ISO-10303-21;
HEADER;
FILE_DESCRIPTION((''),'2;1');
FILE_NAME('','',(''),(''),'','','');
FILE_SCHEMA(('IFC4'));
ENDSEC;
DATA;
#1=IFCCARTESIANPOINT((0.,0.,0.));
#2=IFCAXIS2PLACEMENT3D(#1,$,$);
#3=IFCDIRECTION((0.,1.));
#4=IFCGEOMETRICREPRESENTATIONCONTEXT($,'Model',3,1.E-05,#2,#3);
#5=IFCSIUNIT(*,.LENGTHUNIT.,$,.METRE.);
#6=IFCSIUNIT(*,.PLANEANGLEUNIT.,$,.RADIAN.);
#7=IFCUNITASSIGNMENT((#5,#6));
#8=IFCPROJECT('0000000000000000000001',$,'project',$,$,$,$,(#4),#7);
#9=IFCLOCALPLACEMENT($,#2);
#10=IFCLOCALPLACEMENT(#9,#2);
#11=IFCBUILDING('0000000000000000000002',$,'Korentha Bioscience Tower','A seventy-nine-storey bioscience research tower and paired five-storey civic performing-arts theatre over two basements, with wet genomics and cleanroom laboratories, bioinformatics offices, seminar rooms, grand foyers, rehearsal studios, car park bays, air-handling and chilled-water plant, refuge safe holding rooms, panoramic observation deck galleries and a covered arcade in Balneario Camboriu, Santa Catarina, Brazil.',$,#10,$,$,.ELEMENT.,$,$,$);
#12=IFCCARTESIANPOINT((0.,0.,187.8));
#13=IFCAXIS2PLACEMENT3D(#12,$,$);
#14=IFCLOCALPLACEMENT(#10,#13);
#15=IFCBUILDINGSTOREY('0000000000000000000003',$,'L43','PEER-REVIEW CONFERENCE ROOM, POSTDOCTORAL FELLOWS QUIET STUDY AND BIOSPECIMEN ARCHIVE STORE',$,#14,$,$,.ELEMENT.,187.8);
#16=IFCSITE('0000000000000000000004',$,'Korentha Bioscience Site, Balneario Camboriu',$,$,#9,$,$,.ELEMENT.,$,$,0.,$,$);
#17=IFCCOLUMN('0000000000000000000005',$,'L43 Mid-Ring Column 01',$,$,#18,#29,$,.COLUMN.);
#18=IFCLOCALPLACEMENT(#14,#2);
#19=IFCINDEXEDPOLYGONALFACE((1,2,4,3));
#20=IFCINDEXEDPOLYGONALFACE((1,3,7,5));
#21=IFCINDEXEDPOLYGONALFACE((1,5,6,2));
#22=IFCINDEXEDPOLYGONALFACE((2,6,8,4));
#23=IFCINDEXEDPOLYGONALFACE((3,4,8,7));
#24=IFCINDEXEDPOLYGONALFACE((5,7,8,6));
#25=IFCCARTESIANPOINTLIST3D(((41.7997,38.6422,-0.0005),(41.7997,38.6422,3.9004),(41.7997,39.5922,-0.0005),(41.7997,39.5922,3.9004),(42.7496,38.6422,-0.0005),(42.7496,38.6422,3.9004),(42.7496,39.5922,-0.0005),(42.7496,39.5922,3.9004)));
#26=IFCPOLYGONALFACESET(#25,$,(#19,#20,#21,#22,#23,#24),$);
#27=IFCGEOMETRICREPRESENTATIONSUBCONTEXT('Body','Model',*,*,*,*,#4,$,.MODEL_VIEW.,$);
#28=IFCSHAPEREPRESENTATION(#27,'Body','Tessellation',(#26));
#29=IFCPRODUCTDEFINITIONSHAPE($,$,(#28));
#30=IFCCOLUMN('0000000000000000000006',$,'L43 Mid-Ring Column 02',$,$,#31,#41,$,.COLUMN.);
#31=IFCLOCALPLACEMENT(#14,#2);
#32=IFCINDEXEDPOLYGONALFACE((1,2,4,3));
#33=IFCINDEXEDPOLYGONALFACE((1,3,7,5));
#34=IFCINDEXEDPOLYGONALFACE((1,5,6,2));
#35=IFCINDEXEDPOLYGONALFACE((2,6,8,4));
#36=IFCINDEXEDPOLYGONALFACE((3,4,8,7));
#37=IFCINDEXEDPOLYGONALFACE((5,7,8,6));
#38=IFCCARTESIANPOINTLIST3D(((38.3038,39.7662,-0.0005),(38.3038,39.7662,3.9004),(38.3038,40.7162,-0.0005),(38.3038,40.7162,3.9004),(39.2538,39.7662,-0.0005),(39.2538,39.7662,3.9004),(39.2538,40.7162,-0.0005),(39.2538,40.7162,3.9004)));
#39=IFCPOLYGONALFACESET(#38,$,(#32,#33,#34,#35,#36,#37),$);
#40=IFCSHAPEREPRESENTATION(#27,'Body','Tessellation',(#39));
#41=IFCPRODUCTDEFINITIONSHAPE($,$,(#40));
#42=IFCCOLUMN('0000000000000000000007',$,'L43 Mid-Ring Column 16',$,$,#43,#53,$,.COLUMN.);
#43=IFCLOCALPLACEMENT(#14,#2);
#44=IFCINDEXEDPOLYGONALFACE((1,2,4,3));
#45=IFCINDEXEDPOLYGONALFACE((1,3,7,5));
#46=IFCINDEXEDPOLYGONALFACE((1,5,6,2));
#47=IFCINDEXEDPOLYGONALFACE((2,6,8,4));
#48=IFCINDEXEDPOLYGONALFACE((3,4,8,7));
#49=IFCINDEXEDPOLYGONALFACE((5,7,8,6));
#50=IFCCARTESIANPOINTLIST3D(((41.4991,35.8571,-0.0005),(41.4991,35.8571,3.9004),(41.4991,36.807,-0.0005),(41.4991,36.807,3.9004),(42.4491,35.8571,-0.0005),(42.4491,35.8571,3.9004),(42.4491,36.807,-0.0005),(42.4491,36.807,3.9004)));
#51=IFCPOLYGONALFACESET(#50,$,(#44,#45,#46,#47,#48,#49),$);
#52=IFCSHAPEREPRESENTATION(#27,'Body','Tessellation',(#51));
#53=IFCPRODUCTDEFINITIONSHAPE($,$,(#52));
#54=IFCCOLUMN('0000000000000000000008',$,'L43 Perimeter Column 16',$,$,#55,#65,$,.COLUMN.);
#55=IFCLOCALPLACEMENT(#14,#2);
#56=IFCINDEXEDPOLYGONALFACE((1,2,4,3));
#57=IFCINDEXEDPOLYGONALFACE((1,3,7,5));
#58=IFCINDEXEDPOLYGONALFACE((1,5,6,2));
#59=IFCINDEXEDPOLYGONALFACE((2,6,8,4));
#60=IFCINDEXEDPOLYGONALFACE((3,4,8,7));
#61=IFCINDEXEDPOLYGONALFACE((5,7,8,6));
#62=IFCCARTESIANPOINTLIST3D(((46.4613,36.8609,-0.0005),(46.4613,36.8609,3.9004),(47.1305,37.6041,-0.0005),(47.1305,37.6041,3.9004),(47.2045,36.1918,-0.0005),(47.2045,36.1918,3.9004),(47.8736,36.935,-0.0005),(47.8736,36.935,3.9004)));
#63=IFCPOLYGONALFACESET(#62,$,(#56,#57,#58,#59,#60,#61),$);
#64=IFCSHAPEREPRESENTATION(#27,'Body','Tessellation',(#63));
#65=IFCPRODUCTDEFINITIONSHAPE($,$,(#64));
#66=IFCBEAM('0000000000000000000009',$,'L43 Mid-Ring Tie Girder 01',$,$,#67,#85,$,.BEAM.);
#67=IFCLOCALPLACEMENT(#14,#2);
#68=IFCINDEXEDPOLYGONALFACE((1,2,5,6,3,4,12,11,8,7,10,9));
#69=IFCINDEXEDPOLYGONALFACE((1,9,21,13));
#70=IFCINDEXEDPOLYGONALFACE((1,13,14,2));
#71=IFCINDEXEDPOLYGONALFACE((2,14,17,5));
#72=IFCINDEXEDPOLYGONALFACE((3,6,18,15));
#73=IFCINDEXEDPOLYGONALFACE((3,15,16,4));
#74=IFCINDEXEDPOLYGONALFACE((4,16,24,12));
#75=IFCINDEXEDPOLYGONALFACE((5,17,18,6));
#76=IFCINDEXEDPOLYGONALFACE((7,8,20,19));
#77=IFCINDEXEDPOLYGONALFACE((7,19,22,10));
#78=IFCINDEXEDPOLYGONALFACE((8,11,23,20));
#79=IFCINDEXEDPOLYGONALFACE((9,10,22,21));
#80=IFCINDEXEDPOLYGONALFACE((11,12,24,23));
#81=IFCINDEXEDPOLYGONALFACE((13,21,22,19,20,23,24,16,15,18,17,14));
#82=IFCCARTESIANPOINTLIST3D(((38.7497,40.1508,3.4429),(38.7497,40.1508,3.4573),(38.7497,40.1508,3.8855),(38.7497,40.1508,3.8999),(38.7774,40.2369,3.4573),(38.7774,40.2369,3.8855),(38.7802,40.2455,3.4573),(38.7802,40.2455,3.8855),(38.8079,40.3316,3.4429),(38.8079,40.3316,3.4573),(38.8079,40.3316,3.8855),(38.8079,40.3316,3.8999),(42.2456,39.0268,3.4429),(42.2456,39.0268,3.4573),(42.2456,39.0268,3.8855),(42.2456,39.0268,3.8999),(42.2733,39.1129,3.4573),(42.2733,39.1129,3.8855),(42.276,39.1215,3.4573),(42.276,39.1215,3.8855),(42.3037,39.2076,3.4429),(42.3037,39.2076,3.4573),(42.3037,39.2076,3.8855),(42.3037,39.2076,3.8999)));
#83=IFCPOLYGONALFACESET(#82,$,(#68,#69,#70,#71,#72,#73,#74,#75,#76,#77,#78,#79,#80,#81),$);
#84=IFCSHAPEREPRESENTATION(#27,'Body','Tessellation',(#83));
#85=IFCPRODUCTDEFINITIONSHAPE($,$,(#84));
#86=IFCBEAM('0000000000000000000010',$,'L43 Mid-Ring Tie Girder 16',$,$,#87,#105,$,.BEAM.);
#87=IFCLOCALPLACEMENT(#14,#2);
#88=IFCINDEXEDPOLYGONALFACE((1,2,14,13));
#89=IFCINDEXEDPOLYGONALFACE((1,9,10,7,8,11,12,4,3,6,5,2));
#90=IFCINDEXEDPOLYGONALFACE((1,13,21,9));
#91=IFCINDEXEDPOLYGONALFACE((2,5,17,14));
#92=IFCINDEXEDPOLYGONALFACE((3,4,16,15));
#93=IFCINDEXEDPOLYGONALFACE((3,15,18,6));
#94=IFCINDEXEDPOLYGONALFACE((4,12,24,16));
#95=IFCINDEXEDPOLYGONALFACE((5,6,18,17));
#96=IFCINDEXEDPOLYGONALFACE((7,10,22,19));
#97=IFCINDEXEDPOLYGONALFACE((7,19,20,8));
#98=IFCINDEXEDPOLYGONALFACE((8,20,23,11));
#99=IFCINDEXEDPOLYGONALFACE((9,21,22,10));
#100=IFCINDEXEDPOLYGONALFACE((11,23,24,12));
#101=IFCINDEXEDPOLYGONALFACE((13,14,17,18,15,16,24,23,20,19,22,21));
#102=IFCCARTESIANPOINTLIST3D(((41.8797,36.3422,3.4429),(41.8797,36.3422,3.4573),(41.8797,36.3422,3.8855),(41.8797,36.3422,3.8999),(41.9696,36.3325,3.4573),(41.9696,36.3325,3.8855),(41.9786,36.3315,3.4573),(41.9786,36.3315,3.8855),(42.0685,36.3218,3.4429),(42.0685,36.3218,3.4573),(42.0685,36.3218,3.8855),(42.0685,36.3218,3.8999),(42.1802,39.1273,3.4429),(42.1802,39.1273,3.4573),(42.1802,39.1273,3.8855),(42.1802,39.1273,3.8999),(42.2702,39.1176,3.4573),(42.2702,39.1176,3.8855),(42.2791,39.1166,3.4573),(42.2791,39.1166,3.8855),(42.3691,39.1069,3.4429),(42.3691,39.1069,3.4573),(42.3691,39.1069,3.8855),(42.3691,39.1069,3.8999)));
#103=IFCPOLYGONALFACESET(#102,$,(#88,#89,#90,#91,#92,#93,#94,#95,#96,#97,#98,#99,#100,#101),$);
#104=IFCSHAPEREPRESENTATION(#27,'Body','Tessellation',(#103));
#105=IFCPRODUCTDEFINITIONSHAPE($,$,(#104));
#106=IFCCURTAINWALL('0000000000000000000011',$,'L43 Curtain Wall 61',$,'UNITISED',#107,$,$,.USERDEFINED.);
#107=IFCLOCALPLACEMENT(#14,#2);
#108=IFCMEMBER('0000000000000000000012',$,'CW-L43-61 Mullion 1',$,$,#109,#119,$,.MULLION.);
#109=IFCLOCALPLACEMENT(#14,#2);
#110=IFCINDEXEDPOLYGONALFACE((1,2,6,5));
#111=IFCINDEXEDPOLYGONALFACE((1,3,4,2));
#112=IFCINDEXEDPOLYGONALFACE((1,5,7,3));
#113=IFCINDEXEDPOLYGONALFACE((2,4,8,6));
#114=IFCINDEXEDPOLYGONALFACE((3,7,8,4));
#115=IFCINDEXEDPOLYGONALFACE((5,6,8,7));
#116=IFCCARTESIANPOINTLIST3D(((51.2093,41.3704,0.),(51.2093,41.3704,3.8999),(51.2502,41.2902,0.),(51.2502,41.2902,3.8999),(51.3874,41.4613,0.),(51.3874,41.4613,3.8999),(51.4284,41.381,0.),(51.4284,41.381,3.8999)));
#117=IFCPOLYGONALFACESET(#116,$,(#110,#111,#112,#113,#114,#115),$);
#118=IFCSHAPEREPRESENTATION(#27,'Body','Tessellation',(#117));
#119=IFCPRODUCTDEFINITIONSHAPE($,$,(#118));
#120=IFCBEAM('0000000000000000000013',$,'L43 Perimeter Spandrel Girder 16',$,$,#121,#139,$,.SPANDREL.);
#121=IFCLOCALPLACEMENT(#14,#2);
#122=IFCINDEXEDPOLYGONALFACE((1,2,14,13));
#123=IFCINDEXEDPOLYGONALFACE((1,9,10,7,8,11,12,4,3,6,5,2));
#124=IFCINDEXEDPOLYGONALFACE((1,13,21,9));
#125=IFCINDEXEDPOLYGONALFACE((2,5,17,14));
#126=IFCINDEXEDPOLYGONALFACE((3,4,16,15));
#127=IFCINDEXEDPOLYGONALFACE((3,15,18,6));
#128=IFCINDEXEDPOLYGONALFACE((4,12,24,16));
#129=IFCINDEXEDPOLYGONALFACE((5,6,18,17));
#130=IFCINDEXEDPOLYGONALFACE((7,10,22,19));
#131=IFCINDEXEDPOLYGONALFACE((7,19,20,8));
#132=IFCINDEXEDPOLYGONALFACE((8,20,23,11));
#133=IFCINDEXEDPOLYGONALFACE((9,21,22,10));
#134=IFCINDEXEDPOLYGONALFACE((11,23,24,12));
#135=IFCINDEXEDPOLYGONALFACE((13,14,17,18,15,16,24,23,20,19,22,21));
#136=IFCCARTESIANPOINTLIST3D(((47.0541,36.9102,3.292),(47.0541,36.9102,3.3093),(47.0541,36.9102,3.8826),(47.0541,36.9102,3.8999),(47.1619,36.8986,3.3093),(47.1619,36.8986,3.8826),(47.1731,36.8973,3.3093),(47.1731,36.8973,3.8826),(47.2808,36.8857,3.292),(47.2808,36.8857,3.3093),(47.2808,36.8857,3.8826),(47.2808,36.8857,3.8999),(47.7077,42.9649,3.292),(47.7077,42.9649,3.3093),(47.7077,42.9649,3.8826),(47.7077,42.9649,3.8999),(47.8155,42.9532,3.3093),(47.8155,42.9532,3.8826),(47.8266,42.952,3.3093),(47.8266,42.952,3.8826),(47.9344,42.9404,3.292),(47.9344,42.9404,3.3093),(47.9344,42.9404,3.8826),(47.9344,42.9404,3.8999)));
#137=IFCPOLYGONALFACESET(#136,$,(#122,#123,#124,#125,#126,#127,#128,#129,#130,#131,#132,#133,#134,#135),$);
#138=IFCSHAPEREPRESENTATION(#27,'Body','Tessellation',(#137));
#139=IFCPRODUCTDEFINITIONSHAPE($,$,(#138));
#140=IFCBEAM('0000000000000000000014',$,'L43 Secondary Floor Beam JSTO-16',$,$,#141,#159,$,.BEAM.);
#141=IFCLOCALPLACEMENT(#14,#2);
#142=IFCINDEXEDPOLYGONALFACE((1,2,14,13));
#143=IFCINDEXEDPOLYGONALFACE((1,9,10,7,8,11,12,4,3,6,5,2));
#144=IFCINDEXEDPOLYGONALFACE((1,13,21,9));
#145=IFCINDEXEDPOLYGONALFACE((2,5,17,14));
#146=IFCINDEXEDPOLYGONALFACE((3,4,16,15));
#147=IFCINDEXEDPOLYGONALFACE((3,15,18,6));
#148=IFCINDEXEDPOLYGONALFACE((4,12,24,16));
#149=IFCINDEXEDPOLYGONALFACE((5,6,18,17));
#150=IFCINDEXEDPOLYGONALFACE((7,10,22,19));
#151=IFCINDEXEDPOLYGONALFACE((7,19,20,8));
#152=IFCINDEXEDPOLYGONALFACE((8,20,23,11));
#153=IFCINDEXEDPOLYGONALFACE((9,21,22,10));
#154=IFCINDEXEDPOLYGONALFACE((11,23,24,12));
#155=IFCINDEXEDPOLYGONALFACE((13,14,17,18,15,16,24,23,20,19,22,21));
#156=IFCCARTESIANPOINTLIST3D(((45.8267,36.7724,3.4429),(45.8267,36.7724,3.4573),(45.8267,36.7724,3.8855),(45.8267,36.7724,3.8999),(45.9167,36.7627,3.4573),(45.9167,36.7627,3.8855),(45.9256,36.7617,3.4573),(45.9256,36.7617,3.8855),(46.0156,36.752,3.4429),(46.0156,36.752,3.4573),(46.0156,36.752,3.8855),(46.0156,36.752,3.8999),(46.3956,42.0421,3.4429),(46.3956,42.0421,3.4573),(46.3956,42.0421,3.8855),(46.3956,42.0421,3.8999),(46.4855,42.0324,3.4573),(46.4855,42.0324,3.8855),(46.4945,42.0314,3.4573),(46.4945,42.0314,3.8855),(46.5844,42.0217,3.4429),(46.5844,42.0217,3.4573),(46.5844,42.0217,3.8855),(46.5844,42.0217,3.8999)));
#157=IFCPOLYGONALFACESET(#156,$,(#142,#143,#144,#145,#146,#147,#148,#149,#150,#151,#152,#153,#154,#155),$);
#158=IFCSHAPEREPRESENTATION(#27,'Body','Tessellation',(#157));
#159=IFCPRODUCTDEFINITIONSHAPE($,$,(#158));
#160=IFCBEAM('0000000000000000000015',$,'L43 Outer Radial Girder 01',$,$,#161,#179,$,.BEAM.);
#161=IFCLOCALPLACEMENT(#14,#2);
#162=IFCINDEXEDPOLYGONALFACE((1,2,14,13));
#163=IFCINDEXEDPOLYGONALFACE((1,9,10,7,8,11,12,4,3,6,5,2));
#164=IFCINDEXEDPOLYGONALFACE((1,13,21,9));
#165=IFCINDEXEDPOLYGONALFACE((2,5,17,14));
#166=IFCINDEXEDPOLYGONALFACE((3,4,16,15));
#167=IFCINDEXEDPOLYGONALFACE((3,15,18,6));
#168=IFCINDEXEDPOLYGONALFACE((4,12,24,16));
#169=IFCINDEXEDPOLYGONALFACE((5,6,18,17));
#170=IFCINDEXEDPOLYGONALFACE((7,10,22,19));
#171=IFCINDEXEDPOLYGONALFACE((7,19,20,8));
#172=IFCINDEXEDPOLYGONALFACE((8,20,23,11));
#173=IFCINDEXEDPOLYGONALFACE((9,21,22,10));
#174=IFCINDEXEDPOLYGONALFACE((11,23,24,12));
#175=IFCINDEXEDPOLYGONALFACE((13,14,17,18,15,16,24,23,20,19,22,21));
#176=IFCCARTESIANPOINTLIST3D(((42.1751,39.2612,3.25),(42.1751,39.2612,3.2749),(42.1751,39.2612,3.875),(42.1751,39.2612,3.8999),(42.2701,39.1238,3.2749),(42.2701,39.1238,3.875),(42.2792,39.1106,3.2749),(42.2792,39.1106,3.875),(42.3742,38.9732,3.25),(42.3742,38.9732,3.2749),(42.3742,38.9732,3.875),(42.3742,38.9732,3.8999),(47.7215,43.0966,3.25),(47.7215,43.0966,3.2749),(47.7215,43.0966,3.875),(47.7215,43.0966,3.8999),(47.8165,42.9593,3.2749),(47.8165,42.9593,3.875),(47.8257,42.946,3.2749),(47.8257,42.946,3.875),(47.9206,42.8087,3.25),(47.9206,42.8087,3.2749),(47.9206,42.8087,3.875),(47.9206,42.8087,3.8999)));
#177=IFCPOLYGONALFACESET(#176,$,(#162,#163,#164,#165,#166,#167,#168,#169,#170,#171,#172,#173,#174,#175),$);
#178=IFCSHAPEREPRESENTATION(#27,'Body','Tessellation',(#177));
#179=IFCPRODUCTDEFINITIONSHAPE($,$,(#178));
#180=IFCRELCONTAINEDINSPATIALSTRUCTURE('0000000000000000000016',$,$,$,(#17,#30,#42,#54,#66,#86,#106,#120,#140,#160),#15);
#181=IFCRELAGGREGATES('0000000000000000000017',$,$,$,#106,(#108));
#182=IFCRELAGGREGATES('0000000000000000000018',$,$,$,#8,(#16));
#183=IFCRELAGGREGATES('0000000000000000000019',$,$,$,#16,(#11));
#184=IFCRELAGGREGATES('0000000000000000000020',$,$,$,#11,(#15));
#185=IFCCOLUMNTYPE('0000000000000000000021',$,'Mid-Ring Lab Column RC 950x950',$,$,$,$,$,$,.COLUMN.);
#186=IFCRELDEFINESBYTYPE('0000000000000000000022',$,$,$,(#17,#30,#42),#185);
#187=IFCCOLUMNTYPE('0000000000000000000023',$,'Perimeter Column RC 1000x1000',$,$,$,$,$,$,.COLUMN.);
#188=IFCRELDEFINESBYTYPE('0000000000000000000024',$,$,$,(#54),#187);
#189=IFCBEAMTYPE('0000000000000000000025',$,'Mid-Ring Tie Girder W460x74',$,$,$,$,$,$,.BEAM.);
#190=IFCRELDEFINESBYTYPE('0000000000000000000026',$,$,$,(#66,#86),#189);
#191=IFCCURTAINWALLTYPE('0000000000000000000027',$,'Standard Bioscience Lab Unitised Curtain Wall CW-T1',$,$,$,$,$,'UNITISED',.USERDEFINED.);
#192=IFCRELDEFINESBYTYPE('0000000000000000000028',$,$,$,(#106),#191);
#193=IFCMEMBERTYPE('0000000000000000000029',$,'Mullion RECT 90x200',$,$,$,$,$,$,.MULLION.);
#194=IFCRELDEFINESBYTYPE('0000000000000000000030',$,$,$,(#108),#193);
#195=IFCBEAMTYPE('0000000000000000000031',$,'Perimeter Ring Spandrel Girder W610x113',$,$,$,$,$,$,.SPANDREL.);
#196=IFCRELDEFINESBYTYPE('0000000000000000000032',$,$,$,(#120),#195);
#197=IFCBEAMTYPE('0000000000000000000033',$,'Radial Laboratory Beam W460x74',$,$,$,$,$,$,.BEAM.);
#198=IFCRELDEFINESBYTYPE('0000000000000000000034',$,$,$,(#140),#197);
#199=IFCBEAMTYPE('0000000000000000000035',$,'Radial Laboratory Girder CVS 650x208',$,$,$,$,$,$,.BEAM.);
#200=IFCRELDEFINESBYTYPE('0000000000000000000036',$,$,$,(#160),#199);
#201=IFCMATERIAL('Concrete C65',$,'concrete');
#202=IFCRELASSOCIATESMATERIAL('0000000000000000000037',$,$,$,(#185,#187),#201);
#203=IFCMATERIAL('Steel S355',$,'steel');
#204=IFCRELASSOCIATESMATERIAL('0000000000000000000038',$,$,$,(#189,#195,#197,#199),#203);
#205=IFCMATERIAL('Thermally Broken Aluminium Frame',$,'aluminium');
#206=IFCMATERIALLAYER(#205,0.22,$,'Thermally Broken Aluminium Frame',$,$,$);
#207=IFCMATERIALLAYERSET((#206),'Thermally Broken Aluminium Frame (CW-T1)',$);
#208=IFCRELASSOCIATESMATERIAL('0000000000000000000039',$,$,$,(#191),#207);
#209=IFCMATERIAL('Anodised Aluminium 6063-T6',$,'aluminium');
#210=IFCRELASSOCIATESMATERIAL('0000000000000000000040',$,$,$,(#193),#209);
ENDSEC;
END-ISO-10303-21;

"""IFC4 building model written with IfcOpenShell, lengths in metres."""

from ifc_helpers import new_model, si_unit, direction, frame, origin, origin_2d, place, context, subcontext, project, spatial, rectangle, i_section, extrude, material, layer, layer_set, material_profile, profile_set, type_object, element, aggregate, save


model = new_model("IFC4")

# Units and contexts
model_context = context("Model", 3, precision=1e-05, world=origin(), true_north=direction((0.0, 1.0)))
body_context = subcontext(model_context, "Body", "Model", "MODEL_VIEW")
ifc_project = project(units=[si_unit("LENGTHUNIT", "METRE"), si_unit("PLANEANGLEUNIT", "RADIAN")], contexts=[model_context])

# Site, building, storey
site_placement = place(None, origin())
site = spatial("IfcSite", under=ifc_project, at=site_placement, Name="Korentha Bioscience Site, Balneario Camboriu", CompositionType="ELEMENT", RefElevation=0.0)
building_placement = place(site_placement, origin())
building = spatial("IfcBuilding", under=site, at=building_placement, Name="Korentha Bioscience Tower", Description="A seventy-nine-storey bioscience research tower and paired five-storey civic performing-arts theatre over two basements, with wet genomics and cleanroom laboratories, bioinformatics offices, seminar rooms, grand foyers, rehearsal studios, car park bays, air-handling and chilled-water plant, refuge safe holding rooms, panoramic observation deck galleries and a covered arcade in Balneario Camboriu, Santa Catarina, Brazil.", CompositionType="ELEMENT")
storey_placement = place(building_placement, frame((0.0, 0.0, 187.8)))
storey = spatial("IfcBuildingStorey", under=building, at=storey_placement, Name="L43", Description="PEER-REVIEW CONFERENCE ROOM, POSTDOCTORAL FELLOWS QUIET STUDY AND BIOSPECIMEN ARCHIVE STORE", CompositionType="ELEMENT", Elevation=187.8)

# Columns
ifc_material_1 = material(Name="Concrete C65", Category="concrete")
ifc_material_profile_1 = material_profile(ifc_material_1, rectangle(XDim=0.95, YDim=0.95, at=origin_2d()), Name="Concrete C65")
ifc_profile_set_1 = profile_set([ifc_material_profile_1], Name="Concrete C65 (COL-MR09)")
column_type_1 = type_object("IfcColumnType", Name="Mid-Ring Lab Column RC 950x950", PredefinedType="COLUMN", material=ifc_profile_set_1)
for number, where, z_axis, x_axis, name in (
    (1, (42.2747, 39.1172, -0.0005), (0.0, 0.0, 1.0), (1.0, 0.0, 0.0), "L43 Mid-Ring Column 01"),
    (2, (38.7788, 40.2412, -0.0005), (0.0, 0.0, 1.0), (1.0, 0.0, 0.0), "L43 Mid-Ring Column 02"),
    (3, (41.9741, 36.332, -0.0005), (0.0, 0.0, 1.0), (1.0, 0.0, 0.0), "L43 Mid-Ring Column 16"),
):
    element("IfcColumn", number, at=place(storey_placement, frame(where, z_axis=z_axis, x_axis=x_axis)), inside=storey, type_object=column_type_1, Name=name, PredefinedType="COLUMN", context=body_context, shape_type="SweptSolid", body=[
        extrude(rectangle(XDim=0.95, YDim=0.95, at=origin_2d()), origin(), (0.0, 0.0, 1.0), 3.9009),
    ])
ifc_material_profile_2 = material_profile(ifc_material_1, rectangle(XDim=1.0, YDim=1.0, at=origin_2d()), Name="Concrete C65")
ifc_profile_set_2 = profile_set([ifc_material_profile_2], Name="Concrete C65 (COL-P10)")
column_type_2 = type_object("IfcColumnType", Name="Perimeter Column RC 1000x1000", PredefinedType="COLUMN", material=ifc_profile_set_2)
column_placement = place(storey_placement, frame((47.1675, 36.8979, -0.0005), z_axis=(0.0, 0.0, 1.0), x_axis=(0.669131, 0.743145, 0.0)))
element("IfcColumn", 4, at=column_placement, inside=storey, type_object=column_type_2, Name="L43 Perimeter Column 16", PredefinedType="COLUMN", context=body_context, shape_type="SweptSolid", body=[
    extrude(rectangle(XDim=1.0, YDim=1.0, at=origin_2d()), origin(), (0.0, 0.0, 1.0), 3.9009),
])

# Beams
ifc_material_2 = material(Name="Steel S355", Category="steel")
ifc_material_profile_3 = material_profile(ifc_material_2, i_section(OverallWidth=0.1899, OverallDepth=0.457, WebThickness=0.009, FlangeThickness=0.0144, at=origin_2d()), Name="Steel S355")
ifc_profile_set_3 = profile_set([ifc_material_profile_3], Name="Steel S355 (MB-460)")
beam_type_1 = type_object("IfcBeamType", Name="Mid-Ring Tie Girder W460x74", PredefinedType="BEAM", material=ifc_profile_set_3)
beam_1_placement = place(storey_placement, frame((42.2747, 39.1172, 3.6714), z_axis=(-0.952, 0.306097, 0.0), x_axis=(-0.306097, -0.952, 0.0)))
element("IfcBeam", 5, at=beam_1_placement, inside=storey, type_object=beam_type_1, Name="L43 Mid-Ring Tie Girder 01", PredefinedType="BEAM", context=body_context, shape_type="SweptSolid", body=[
    extrude(i_section(OverallWidth=0.1899, OverallDepth=0.457, WebThickness=0.009, FlangeThickness=0.0144, at=origin_2d()), origin(), (0.0, 0.0, 1.0), 3.6721),
])
beam_2_placement = place(storey_placement, frame((41.9741, 36.332, 3.6714), z_axis=(0.107284, 0.994228, 0.0), x_axis=(-0.994228, 0.107284, 0.0)))
element("IfcBeam", 6, at=beam_2_placement, inside=storey, type_object=beam_type_1, Name="L43 Mid-Ring Tie Girder 16", PredefinedType="BEAM", context=body_context, shape_type="SweptSolid", body=[
    extrude(i_section(OverallWidth=0.1899, OverallDepth=0.457, WebThickness=0.009, FlangeThickness=0.0144, at=origin_2d()), origin(), (0.0, 0.0, 1.0), 2.8013),
])

# Curtain wall, member
ifc_material_3 = material(Name="Thermally Broken Aluminium Frame", Category="aluminium")
ifc_layer_1 = layer(ifc_material_3, 0.22, Name="Thermally Broken Aluminium Frame")
ifc_layer_set_1 = layer_set([ifc_layer_1], Name="Thermally Broken Aluminium Frame (CW-T1)")
curtain_wall_type = type_object("IfcCurtainWallType", Name="Standard Bioscience Lab Unitised Curtain Wall CW-T1", ElementType="UNITISED", PredefinedType="USERDEFINED", material=ifc_layer_set_1)
curtain_wall_placement = place(storey_placement, origin())
curtain_wall = element("IfcCurtainWall", 7, at=curtain_wall_placement, inside=storey, type_object=curtain_wall_type, Name="L43 Curtain Wall 61", ObjectType="UNITISED", PredefinedType="USERDEFINED")
ifc_material_4 = material(Name="Anodised Aluminium 6063-T6", Category="aluminium")
ifc_material_profile_4 = material_profile(ifc_material_4, rectangle(XDim=0.0901, YDim=0.2, at=origin_2d()), Name="Anodised Aluminium 6063-T6")
ifc_profile_set_4 = profile_set([ifc_material_profile_4], Name="Anodised Aluminium 6063-T6 (CW-MUL)")
member_type_1 = type_object("IfcMemberType", Name="Mullion RECT 90x200", PredefinedType="MULLION", material=ifc_profile_set_4)
member_1_placement = place(storey_placement, frame((51.3188, 41.3757, 0.0), z_axis=(0.0, 0.0, 1.0), x_axis=(-0.454288, 0.890855, 0.0)))
member_1 = element("IfcMember", 8, at=member_1_placement, type_object=member_type_1, Name="CW-L43-61 Mullion 1", PredefinedType="MULLION", context=body_context, shape_type="SweptSolid", body=[
    extrude(rectangle(XDim=0.0901, YDim=0.2, at=origin_2d()), origin(), (0.0, 0.0, 1.0), 3.8999),
])

# Beams
ifc_material_profile_5 = material_profile(ifc_material_2, i_section(OverallWidth=0.228, OverallDepth=0.6079, WebThickness=0.0112, FlangeThickness=0.0173, at=origin_2d()), Name="Steel S355")
ifc_profile_set_5 = profile_set([ifc_material_profile_5], Name="Steel S355 (SB-610)")
beam_type_2 = type_object("IfcBeamType", Name="Perimeter Ring Spandrel Girder W610x113", PredefinedType="SPANDREL", material=ifc_profile_set_5)
beam_3_placement = place(storey_placement, frame((47.1675, 36.8979, 3.5959), z_axis=(0.10732, 0.994225, 0.0), x_axis=(-0.994225, 0.10732, 0.0)))
element("IfcBeam", 9, at=beam_3_placement, inside=storey, type_object=beam_type_2, Name="L43 Perimeter Spandrel Girder 16", PredefinedType="SPANDREL", context=body_context, shape_type="SweptSolid", body=[
    extrude(i_section(OverallWidth=0.228, OverallDepth=0.6079, WebThickness=0.0112, FlangeThickness=0.0173, at=origin_2d()), origin(), (0.0, 0.0, 1.0), 6.0898),
])
ifc_material_profile_6 = material_profile(ifc_material_2, i_section(OverallWidth=0.1899, OverallDepth=0.457, WebThickness=0.009, FlangeThickness=0.0144, at=origin_2d()), Name="Steel S355")
ifc_profile_set_6 = profile_set([ifc_material_profile_6], Name="Steel S355 (RB-460)")
beam_type_3 = type_object("IfcBeamType", Name="Radial Laboratory Beam W460x74", PredefinedType="BEAM", material=ifc_profile_set_6)
beam_4_placement = place(storey_placement, frame((45.9211, 36.7622, 3.6714), z_axis=(0.107322, 0.994224, 0.0), x_axis=(-0.994224, 0.107322, 0.0)))
element("IfcBeam", 10, at=beam_4_placement, inside=storey, type_object=beam_type_3, Name="L43 Secondary Floor Beam JSTO-16", PredefinedType="BEAM", context=body_context, shape_type="SweptSolid", body=[
    extrude(i_section(OverallWidth=0.1899, OverallDepth=0.457, WebThickness=0.009, FlangeThickness=0.0144, at=origin_2d()), origin(), (0.0, 0.0, 1.0), 5.3003),
])
ifc_material_profile_7 = material_profile(ifc_material_2, i_section(OverallWidth=0.3501, OverallDepth=0.6499, WebThickness=0.0161, FlangeThickness=0.0249, at=origin_2d()), Name="Steel S355")
ifc_profile_set_7 = profile_set([ifc_material_profile_7], Name="Steel S355 (RB-650)")
beam_type_4 = type_object("IfcBeamType", Name="Radial Laboratory Girder CVS 650x208", PredefinedType="BEAM", material=ifc_profile_set_7)
beam_5_placement = place(storey_placement, frame((42.2747, 39.1172, 3.575), z_axis=(0.822494, 0.568773, 0.0), x_axis=(-0.568773, 0.822494, 0.0)))
element("IfcBeam", 11, at=beam_5_placement, inside=storey, type_object=beam_type_4, Name="L43 Outer Radial Girder 01", PredefinedType="BEAM", context=body_context, shape_type="SweptSolid", body=[
    extrude(i_section(OverallWidth=0.3501, OverallDepth=0.6499, WebThickness=0.0161, FlangeThickness=0.0249, at=origin_2d()), origin(), (0.0, 0.0, 1.0), 6.7434),
])

aggregate(curtain_wall, [member_1])

save(model, "model.ifc")
